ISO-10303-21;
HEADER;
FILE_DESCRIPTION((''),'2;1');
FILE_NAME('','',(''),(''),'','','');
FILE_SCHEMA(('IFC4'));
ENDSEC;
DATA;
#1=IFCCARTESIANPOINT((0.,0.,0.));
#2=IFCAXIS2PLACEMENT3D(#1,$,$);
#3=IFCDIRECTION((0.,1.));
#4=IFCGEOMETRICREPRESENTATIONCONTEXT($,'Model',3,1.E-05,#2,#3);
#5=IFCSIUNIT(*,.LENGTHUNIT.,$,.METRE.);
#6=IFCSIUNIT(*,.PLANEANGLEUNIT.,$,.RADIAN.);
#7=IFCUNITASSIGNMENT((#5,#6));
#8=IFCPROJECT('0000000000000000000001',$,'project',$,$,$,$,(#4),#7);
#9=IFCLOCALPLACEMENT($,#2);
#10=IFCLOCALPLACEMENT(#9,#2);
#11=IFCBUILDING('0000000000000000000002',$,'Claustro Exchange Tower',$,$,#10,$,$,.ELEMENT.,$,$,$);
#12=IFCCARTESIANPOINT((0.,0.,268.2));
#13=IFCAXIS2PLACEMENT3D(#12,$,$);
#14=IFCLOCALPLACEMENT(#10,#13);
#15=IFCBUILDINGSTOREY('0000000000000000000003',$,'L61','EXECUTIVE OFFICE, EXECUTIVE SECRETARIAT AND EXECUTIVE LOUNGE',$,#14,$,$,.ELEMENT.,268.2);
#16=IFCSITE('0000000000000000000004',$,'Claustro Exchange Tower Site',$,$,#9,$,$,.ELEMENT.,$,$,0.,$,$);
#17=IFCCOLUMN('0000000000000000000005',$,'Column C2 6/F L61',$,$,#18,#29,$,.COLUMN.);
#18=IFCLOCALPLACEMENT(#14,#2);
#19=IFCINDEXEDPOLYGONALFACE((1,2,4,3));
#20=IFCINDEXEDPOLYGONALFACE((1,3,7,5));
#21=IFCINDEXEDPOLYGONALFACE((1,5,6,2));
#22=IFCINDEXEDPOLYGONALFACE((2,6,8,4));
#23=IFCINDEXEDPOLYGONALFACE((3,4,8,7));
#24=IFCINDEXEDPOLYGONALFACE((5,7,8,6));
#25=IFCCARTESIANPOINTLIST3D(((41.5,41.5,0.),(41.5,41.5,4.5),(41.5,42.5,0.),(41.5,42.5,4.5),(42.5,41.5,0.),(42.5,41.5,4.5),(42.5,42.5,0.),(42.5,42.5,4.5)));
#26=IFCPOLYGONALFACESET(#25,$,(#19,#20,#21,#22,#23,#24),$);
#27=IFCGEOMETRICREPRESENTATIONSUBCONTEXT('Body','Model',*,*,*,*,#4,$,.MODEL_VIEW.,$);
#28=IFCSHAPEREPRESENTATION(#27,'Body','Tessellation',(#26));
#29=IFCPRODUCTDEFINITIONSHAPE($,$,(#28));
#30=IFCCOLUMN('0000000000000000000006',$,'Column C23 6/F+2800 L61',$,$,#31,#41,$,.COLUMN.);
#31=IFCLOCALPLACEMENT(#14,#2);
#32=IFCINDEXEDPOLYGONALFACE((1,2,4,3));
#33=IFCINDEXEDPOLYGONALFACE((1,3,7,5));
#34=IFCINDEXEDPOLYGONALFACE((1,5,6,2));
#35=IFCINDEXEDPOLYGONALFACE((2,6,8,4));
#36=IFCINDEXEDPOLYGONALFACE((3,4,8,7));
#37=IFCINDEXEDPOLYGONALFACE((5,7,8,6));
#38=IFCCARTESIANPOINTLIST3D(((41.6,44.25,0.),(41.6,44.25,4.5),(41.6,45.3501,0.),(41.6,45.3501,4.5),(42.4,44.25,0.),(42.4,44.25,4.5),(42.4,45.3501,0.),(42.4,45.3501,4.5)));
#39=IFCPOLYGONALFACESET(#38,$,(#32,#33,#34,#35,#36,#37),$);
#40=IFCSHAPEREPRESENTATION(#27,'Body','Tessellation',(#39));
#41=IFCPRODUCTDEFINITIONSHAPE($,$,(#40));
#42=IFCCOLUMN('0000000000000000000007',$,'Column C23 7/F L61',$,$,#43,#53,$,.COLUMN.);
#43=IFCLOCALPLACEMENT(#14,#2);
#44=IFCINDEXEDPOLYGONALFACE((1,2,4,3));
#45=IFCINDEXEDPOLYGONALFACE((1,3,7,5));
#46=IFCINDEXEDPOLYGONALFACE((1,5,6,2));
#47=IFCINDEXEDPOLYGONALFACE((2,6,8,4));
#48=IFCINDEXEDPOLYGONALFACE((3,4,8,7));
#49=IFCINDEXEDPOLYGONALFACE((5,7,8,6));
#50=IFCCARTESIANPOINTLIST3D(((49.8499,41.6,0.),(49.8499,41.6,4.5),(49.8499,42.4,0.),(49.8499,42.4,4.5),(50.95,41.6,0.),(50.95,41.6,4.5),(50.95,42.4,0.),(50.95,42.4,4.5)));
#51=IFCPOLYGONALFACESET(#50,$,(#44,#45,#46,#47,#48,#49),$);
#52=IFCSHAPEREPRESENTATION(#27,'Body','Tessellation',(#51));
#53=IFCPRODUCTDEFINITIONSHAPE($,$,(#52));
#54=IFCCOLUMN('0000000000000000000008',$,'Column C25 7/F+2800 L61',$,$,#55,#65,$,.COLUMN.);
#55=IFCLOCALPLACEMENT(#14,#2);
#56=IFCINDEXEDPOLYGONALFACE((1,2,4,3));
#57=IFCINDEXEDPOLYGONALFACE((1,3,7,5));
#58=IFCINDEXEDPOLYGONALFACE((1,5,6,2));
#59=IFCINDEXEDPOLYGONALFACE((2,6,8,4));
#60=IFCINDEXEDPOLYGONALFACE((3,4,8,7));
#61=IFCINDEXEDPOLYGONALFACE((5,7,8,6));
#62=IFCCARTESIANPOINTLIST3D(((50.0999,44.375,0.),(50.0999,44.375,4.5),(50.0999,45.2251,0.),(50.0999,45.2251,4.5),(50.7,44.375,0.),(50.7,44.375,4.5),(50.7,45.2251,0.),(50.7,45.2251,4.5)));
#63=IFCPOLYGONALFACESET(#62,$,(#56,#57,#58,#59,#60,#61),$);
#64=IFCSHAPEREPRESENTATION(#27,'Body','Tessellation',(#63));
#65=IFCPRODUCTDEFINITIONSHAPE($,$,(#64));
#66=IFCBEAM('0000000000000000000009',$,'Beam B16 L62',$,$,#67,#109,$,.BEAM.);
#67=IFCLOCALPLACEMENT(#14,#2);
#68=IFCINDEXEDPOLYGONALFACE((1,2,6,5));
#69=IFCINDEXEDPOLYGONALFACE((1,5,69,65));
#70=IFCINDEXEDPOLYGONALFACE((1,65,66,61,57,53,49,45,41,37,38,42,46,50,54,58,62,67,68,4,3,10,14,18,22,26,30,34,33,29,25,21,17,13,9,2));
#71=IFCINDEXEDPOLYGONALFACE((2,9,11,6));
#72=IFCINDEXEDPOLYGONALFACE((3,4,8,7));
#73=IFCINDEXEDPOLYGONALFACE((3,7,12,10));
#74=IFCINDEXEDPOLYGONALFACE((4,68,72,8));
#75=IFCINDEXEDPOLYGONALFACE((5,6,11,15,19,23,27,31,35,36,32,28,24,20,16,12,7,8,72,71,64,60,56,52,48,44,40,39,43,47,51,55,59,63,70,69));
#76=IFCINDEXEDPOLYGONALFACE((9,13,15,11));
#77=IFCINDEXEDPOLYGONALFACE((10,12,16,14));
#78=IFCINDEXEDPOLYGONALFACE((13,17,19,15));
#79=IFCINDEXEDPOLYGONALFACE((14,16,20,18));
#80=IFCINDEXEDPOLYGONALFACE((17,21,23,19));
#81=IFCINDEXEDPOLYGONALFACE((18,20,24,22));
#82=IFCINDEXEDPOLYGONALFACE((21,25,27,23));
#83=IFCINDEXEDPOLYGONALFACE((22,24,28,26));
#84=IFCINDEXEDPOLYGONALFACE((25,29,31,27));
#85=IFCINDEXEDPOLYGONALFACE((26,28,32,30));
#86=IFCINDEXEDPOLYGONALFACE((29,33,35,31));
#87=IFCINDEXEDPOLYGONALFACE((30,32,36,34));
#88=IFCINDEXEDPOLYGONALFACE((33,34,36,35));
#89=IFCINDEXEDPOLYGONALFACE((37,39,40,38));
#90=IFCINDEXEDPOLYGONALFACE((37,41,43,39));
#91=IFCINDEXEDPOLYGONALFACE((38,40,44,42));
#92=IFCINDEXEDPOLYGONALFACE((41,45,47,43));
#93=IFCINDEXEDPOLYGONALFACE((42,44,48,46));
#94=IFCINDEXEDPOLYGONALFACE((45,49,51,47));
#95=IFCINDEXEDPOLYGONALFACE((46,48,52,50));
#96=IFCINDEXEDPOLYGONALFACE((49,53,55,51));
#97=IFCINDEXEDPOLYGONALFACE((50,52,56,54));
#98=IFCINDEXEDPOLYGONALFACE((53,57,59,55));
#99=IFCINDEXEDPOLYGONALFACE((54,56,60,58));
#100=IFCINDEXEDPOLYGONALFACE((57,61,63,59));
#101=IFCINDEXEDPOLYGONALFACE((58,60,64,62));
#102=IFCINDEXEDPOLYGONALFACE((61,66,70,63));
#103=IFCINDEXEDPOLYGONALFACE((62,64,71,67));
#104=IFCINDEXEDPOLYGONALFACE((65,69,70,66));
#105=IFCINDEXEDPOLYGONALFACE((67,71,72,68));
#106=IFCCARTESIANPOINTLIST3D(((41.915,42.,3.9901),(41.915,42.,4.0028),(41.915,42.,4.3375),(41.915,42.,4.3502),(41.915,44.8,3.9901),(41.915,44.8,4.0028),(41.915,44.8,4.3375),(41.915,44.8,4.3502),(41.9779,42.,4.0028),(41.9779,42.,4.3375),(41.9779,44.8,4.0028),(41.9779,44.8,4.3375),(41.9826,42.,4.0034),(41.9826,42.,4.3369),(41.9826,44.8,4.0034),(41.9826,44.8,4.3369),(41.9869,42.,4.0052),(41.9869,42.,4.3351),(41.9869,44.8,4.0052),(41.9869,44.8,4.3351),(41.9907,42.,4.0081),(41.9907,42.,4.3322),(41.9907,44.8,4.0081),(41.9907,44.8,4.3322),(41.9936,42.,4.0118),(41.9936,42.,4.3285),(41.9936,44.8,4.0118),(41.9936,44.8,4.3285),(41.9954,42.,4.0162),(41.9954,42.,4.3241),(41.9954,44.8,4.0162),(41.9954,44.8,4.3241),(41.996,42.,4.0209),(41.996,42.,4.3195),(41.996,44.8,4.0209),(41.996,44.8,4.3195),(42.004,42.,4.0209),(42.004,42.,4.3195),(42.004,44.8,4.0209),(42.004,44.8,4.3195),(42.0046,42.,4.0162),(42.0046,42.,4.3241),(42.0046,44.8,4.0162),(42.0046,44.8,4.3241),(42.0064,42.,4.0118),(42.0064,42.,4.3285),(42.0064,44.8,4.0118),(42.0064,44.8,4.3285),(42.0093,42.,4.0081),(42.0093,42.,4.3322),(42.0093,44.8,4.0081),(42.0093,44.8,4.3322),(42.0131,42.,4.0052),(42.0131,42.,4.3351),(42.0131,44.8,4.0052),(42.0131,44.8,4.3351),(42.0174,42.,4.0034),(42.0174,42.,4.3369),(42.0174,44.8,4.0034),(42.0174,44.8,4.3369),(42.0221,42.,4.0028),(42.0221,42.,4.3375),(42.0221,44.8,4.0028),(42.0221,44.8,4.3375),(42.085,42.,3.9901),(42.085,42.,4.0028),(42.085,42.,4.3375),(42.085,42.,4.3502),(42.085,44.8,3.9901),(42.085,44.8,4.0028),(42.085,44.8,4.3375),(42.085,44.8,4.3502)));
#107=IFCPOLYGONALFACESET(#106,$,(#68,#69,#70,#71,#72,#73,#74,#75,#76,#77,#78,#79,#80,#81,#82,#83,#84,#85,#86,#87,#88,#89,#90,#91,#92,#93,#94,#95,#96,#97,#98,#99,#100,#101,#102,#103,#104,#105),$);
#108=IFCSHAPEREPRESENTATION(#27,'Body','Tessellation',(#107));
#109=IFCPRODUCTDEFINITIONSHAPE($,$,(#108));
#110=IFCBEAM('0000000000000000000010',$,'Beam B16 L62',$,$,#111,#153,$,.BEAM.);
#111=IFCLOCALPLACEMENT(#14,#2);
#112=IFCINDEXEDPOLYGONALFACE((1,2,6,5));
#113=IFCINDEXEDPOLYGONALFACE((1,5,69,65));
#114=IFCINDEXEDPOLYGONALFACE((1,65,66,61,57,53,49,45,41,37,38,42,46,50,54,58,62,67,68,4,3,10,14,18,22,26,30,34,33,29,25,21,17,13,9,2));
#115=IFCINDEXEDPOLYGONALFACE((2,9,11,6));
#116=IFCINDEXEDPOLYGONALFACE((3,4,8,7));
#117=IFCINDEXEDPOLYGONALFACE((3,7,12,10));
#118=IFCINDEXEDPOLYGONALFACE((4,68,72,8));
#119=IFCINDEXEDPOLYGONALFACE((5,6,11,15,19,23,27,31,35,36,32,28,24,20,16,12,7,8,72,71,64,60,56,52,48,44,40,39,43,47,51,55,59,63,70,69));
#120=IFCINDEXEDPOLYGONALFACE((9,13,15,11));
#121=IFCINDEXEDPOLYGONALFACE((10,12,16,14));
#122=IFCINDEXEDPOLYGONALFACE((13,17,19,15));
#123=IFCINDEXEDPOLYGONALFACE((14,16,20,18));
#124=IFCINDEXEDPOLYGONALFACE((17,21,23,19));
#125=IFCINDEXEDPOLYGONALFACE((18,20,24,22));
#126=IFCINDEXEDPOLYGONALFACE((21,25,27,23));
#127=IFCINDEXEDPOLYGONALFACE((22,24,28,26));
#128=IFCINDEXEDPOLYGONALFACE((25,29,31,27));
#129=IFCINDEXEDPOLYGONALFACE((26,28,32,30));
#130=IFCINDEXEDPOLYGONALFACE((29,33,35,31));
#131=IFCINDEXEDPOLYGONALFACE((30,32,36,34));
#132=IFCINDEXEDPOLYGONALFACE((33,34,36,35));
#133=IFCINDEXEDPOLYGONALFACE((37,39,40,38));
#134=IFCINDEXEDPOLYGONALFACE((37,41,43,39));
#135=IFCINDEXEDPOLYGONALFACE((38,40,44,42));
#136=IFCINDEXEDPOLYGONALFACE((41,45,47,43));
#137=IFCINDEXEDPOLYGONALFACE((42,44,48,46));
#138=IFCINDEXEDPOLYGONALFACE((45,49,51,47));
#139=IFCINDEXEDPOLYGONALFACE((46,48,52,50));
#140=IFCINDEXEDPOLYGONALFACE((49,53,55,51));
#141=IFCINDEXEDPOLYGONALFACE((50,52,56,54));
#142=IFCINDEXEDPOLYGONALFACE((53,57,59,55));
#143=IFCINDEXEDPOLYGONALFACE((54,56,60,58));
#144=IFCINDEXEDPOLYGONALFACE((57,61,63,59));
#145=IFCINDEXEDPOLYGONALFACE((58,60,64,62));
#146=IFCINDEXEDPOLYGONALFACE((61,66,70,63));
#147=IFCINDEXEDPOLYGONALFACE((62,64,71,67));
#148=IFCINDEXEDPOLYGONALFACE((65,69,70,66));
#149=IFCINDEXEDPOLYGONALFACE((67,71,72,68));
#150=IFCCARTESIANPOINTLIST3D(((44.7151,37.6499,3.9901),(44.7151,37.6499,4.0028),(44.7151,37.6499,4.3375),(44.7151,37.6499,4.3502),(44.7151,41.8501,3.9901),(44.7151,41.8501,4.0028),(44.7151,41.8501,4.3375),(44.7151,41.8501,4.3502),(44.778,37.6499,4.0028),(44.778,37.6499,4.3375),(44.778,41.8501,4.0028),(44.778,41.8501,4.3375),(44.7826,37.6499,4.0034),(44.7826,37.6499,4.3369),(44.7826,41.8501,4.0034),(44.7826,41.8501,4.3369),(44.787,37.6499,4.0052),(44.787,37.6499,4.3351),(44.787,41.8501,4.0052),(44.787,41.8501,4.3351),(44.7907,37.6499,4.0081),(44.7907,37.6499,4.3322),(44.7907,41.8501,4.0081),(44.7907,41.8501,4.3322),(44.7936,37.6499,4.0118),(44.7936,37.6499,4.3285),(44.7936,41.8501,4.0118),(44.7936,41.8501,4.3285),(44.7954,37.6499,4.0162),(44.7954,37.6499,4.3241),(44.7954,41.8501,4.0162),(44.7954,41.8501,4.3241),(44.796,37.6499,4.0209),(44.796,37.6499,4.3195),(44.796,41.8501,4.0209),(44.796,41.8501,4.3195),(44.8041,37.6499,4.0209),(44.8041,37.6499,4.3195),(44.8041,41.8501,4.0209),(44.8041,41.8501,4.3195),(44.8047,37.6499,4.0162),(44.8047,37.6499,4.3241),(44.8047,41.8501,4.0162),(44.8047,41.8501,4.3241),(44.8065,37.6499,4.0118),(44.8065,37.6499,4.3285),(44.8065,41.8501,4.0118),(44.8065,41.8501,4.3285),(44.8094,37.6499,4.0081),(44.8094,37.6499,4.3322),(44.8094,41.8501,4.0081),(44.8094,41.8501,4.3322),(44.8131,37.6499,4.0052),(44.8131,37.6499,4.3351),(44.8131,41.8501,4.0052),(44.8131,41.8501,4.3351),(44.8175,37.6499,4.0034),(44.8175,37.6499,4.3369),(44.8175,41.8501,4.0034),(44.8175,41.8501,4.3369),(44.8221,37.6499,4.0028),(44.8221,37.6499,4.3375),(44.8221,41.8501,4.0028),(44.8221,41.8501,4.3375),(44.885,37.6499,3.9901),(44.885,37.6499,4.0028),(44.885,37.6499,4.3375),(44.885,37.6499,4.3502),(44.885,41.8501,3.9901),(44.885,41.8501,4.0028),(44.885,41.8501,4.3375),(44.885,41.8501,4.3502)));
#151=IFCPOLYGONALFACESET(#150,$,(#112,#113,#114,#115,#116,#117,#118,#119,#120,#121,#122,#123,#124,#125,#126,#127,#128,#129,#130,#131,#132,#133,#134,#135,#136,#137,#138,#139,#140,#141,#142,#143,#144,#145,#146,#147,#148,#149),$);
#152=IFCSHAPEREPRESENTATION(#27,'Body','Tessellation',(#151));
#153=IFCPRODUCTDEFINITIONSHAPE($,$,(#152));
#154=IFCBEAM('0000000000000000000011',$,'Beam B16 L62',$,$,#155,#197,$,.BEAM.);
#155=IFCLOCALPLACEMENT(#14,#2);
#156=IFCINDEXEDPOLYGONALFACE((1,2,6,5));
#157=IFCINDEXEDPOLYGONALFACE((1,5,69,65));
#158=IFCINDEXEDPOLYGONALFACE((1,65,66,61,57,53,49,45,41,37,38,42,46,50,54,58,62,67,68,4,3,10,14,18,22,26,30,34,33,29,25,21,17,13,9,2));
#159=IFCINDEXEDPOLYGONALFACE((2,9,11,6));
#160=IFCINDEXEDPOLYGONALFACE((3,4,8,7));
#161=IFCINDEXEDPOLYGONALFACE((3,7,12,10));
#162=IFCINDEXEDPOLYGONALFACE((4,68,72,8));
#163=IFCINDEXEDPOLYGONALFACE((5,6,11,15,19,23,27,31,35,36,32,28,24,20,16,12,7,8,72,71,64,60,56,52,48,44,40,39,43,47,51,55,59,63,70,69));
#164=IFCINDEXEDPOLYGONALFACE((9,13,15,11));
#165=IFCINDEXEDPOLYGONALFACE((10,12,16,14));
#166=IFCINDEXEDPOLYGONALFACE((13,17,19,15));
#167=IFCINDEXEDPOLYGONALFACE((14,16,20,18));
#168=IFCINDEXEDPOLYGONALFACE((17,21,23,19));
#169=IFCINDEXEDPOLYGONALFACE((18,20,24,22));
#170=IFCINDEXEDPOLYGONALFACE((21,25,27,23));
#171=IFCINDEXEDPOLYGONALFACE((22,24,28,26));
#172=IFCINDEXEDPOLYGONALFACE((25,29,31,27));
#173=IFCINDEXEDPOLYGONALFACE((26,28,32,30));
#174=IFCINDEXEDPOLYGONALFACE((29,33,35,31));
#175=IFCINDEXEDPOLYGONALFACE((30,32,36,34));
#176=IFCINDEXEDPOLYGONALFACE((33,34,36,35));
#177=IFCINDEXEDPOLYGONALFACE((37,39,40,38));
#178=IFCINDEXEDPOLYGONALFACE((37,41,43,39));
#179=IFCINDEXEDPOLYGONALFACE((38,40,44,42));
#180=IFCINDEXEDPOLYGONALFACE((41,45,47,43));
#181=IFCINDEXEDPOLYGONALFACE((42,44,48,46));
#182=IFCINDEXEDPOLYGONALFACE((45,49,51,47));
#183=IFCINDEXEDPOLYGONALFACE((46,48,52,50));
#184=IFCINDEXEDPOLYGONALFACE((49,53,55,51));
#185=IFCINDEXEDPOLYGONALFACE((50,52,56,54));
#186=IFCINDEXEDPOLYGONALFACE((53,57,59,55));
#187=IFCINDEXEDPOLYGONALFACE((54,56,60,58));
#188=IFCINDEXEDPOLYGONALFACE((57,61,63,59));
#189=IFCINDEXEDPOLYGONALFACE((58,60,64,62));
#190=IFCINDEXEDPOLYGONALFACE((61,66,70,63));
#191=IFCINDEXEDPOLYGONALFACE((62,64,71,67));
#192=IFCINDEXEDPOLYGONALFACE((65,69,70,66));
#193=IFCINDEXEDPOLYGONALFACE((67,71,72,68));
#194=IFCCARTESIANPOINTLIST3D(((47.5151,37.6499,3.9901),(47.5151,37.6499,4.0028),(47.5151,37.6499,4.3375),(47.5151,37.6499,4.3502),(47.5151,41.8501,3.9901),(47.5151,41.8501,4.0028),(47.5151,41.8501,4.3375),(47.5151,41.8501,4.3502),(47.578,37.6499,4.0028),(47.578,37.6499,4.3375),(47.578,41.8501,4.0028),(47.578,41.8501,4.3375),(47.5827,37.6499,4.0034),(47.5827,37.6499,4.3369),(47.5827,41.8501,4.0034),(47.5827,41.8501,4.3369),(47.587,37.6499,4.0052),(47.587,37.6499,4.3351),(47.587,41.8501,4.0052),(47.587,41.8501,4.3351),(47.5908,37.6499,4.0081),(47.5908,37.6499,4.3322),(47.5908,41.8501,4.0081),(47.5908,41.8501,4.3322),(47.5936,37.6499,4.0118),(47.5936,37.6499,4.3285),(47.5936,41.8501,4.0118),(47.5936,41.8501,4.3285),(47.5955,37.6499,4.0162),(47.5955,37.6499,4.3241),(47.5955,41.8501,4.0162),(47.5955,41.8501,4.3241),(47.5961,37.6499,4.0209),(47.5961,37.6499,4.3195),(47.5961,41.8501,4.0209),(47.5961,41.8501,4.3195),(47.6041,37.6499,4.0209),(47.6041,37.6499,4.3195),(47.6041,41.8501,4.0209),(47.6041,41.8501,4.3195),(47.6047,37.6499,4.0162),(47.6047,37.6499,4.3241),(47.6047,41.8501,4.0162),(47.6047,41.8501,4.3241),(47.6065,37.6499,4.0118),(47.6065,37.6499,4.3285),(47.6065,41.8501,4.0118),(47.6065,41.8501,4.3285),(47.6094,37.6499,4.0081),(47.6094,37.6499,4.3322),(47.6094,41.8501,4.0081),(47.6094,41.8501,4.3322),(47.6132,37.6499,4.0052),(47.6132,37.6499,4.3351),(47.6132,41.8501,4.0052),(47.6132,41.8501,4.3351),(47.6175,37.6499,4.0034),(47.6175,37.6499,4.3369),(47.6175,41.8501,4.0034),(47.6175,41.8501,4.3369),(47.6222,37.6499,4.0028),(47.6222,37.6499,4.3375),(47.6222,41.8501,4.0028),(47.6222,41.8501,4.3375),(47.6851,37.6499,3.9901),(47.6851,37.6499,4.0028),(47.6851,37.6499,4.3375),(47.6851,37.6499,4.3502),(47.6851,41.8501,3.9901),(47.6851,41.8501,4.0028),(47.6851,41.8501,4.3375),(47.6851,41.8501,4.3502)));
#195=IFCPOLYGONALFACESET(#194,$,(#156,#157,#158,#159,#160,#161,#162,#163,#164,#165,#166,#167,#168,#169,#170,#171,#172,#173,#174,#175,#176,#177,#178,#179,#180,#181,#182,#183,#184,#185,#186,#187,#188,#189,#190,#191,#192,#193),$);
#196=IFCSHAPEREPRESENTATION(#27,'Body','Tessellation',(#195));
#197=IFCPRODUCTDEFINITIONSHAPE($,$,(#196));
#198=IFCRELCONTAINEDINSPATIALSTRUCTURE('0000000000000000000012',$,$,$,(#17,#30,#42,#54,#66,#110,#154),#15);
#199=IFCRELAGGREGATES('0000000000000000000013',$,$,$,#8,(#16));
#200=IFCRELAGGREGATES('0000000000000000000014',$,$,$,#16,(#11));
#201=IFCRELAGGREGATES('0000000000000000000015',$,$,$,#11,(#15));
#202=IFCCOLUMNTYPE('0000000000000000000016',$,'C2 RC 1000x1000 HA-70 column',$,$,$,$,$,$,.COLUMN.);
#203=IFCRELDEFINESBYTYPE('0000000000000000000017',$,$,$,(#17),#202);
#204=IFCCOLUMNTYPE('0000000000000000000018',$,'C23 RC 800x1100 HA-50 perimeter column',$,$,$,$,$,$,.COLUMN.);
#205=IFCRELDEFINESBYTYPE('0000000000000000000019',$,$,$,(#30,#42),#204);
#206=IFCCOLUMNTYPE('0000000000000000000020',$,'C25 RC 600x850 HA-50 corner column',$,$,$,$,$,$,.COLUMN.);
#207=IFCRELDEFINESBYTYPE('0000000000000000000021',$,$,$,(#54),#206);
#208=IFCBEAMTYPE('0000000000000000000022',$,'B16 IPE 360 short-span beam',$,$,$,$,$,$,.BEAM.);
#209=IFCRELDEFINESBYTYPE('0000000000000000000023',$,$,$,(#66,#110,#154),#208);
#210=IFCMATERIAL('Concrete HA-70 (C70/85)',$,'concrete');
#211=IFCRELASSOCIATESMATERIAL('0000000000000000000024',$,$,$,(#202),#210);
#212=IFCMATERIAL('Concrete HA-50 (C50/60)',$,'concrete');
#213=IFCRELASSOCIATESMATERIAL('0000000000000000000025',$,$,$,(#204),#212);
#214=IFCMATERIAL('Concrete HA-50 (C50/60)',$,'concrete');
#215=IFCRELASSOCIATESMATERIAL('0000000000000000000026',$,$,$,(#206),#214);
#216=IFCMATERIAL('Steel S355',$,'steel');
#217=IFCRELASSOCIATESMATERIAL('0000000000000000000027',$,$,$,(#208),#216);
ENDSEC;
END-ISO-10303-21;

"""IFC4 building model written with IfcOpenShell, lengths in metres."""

from ifc_helpers import new_model, si_unit, direction, frame, origin, origin_2d, place, context, subcontext, project, spatial, rectangle, i_section, extrude, material, material_profile, profile_set, type_object, element, save


model = new_model("IFC4")

# Units and contexts
model_context = context("Model", 3, precision=1e-05, world=origin(), true_north=direction((0.0, 1.0)))
body_context = subcontext(model_context, "Body", "Model", "MODEL_VIEW")
ifc_project = project(units=[si_unit("LENGTHUNIT", "METRE"), si_unit("PLANEANGLEUNIT", "RADIAN")], contexts=[model_context])

# Site, building, storey
site_placement = place(None, origin())
site = spatial("IfcSite", under=ifc_project, at=site_placement, Name="Claustro Exchange Tower Site", CompositionType="ELEMENT", RefElevation=0.0)
building_placement = place(site_placement, origin())
building = spatial("IfcBuilding", under=site, at=building_placement, Name="Claustro Exchange Tower", CompositionType="ELEMENT")
storey_placement = place(building_placement, frame((0.0, 0.0, 268.2)))
storey = spatial("IfcBuildingStorey", under=building, at=storey_placement, Name="L61", Description="EXECUTIVE OFFICE, EXECUTIVE SECRETARIAT AND EXECUTIVE LOUNGE", CompositionType="ELEMENT", Elevation=268.2)

# Columns
ifc_material_1 = material(Name="Concrete HA-70 (C70/85)", Category="concrete")
ifc_material_profile_1 = material_profile(ifc_material_1, rectangle(XDim=1.0, YDim=1.0, at=origin_2d()), Name="RC 1000x1000")
ifc_profile_set_1 = profile_set([ifc_material_profile_1], Name="Concrete HA-70 (C70/85)")
column_type_1 = type_object("IfcColumnType", Name="C2 RC 1000x1000 HA-70 column", PredefinedType="COLUMN", material=ifc_profile_set_1)
column_1_placement = place(storey_placement, frame((42.0, 42.0, 0.0), z_axis=(0.0, 0.0, 1.0), x_axis=(1.0, 0.0, 0.0)))
element("IfcColumn", 1, at=column_1_placement, inside=storey, type_object=column_type_1, Name="Column C2 6/F L61", PredefinedType="COLUMN", context=body_context, shape_type="SweptSolid", body=[
    extrude(rectangle(XDim=1.0, YDim=1.0, at=origin_2d()), origin(), (0.0, 0.0, 1.0), 4.5),
])
ifc_material_2 = material(Name="Concrete HA-50 (C50/60)", Category="concrete")
ifc_material_profile_2 = material_profile(ifc_material_2, rectangle(XDim=0.8, YDim=1.1001, at=origin_2d()), Name="RC 800x1100")
ifc_profile_set_2 = profile_set([ifc_material_profile_2], Name="Concrete HA-50 (C50/60)")
column_type_2 = type_object("IfcColumnType", Name="C23 RC 800x1100 HA-50 perimeter column", PredefinedType="COLUMN", material=ifc_profile_set_2)
for number, where, z_axis, x_axis, name in (
    (2, (42.0, 44.8, 0.0), (0.0, 0.0, 1.0), (1.0, 0.0, 0.0), "Column C23 6/F+2800 L61"),
    (3, (50.3999, 42.0, 0.0), (0.0, 0.0, 1.0), (0.0, 1.0, 0.0), "Column C23 7/F L61"),
):
    element("IfcColumn", number, at=place(storey_placement, frame(where, z_axis=z_axis, x_axis=x_axis)), inside=storey, type_object=column_type_2, Name=name, PredefinedType="COLUMN", context=body_context, shape_type="SweptSolid", body=[
        extrude(rectangle(XDim=0.8, YDim=1.1001, at=origin_2d()), origin(), (0.0, 0.0, 1.0), 4.5),
    ])
ifc_material_3 = material(Name="Concrete HA-50 (C50/60)", Category="concrete")
ifc_material_profile_3 = material_profile(ifc_material_3, rectangle(XDim=0.6001, YDim=0.8501, at=origin_2d()), Name="RC 600x850")
ifc_profile_set_3 = profile_set([ifc_material_profile_3], Name="Concrete HA-50 (C50/60)")
column_type_3 = type_object("IfcColumnType", Name="C25 RC 600x850 HA-50 corner column", PredefinedType="COLUMN", material=ifc_profile_set_3)
column_2_placement = place(storey_placement, frame((50.3999, 44.8, 0.0), z_axis=(0.0, 0.0, 1.0), x_axis=(1.0, 0.0, 0.0)))
element("IfcColumn", 4, at=column_2_placement, inside=storey, type_object=column_type_3, Name="Column C25 7/F+2800 L61", PredefinedType="COLUMN", context=body_context, shape_type="SweptSolid", body=[
    extrude(rectangle(XDim=0.6001, YDim=0.8501, at=origin_2d()), origin(), (0.0, 0.0, 1.0), 4.5),
])

# Beams
ifc_material_4 = material(Name="Steel S355", Category="steel")
ifc_material_profile_4 = material_profile(ifc_material_4, i_section(OverallWidth=0.1699, OverallDepth=0.3601, WebThickness=0.0081, FlangeThickness=0.0127, FilletRadius=0.0181, at=origin_2d()), Name="IPE 360")
ifc_profile_set_4 = profile_set([ifc_material_profile_4], Name="Steel S355")
beam_type_1 = type_object("IfcBeamType", Name="B16 IPE 360 short-span beam", PredefinedType="BEAM", material=ifc_profile_set_4)
beam_1_placement = place(storey_placement, frame((42.0, 42.0, 4.1702), z_axis=(0.0, 1.0, 0.0), x_axis=(-1.0, 0.0, 0.0)))
element("IfcBeam", 5, at=beam_1_placement, inside=storey, type_object=beam_type_1, Name="Beam B16 L62", PredefinedType="BEAM", context=body_context, shape_type="SweptSolid", body=[
    extrude(i_section(OverallWidth=0.1699, OverallDepth=0.3601, WebThickness=0.0081, FlangeThickness=0.0127, FilletRadius=0.0181, at=origin_2d()), origin(), (0.0, 0.0, 1.0), 2.8),
])
for number, where, z_axis, x_axis, name in (
    (6, (44.8, 37.6499, 4.1702), (0.0, 1.0, 0.0), (-1.0, 0.0, 0.0), "Beam B16 L62"),
    (7, (47.6001, 37.6499, 4.1702), (0.0, 1.0, 0.0), (-1.0, 0.0, 0.0), "Beam B16 L62"),
):
    element("IfcBeam", number, at=place(storey_placement, frame(where, z_axis=z_axis, x_axis=x_axis)), inside=storey, type_object=beam_type_1, Name=name, PredefinedType="BEAM", context=body_context, shape_type="SweptSolid", body=[
        extrude(i_section(OverallWidth=0.1699, OverallDepth=0.3601, WebThickness=0.0081, FlangeThickness=0.0127, FilletRadius=0.0181, at=origin_2d()), origin(), (0.0, 0.0, 1.0), 4.2002),
    ])

save(model, "model.ifc")
